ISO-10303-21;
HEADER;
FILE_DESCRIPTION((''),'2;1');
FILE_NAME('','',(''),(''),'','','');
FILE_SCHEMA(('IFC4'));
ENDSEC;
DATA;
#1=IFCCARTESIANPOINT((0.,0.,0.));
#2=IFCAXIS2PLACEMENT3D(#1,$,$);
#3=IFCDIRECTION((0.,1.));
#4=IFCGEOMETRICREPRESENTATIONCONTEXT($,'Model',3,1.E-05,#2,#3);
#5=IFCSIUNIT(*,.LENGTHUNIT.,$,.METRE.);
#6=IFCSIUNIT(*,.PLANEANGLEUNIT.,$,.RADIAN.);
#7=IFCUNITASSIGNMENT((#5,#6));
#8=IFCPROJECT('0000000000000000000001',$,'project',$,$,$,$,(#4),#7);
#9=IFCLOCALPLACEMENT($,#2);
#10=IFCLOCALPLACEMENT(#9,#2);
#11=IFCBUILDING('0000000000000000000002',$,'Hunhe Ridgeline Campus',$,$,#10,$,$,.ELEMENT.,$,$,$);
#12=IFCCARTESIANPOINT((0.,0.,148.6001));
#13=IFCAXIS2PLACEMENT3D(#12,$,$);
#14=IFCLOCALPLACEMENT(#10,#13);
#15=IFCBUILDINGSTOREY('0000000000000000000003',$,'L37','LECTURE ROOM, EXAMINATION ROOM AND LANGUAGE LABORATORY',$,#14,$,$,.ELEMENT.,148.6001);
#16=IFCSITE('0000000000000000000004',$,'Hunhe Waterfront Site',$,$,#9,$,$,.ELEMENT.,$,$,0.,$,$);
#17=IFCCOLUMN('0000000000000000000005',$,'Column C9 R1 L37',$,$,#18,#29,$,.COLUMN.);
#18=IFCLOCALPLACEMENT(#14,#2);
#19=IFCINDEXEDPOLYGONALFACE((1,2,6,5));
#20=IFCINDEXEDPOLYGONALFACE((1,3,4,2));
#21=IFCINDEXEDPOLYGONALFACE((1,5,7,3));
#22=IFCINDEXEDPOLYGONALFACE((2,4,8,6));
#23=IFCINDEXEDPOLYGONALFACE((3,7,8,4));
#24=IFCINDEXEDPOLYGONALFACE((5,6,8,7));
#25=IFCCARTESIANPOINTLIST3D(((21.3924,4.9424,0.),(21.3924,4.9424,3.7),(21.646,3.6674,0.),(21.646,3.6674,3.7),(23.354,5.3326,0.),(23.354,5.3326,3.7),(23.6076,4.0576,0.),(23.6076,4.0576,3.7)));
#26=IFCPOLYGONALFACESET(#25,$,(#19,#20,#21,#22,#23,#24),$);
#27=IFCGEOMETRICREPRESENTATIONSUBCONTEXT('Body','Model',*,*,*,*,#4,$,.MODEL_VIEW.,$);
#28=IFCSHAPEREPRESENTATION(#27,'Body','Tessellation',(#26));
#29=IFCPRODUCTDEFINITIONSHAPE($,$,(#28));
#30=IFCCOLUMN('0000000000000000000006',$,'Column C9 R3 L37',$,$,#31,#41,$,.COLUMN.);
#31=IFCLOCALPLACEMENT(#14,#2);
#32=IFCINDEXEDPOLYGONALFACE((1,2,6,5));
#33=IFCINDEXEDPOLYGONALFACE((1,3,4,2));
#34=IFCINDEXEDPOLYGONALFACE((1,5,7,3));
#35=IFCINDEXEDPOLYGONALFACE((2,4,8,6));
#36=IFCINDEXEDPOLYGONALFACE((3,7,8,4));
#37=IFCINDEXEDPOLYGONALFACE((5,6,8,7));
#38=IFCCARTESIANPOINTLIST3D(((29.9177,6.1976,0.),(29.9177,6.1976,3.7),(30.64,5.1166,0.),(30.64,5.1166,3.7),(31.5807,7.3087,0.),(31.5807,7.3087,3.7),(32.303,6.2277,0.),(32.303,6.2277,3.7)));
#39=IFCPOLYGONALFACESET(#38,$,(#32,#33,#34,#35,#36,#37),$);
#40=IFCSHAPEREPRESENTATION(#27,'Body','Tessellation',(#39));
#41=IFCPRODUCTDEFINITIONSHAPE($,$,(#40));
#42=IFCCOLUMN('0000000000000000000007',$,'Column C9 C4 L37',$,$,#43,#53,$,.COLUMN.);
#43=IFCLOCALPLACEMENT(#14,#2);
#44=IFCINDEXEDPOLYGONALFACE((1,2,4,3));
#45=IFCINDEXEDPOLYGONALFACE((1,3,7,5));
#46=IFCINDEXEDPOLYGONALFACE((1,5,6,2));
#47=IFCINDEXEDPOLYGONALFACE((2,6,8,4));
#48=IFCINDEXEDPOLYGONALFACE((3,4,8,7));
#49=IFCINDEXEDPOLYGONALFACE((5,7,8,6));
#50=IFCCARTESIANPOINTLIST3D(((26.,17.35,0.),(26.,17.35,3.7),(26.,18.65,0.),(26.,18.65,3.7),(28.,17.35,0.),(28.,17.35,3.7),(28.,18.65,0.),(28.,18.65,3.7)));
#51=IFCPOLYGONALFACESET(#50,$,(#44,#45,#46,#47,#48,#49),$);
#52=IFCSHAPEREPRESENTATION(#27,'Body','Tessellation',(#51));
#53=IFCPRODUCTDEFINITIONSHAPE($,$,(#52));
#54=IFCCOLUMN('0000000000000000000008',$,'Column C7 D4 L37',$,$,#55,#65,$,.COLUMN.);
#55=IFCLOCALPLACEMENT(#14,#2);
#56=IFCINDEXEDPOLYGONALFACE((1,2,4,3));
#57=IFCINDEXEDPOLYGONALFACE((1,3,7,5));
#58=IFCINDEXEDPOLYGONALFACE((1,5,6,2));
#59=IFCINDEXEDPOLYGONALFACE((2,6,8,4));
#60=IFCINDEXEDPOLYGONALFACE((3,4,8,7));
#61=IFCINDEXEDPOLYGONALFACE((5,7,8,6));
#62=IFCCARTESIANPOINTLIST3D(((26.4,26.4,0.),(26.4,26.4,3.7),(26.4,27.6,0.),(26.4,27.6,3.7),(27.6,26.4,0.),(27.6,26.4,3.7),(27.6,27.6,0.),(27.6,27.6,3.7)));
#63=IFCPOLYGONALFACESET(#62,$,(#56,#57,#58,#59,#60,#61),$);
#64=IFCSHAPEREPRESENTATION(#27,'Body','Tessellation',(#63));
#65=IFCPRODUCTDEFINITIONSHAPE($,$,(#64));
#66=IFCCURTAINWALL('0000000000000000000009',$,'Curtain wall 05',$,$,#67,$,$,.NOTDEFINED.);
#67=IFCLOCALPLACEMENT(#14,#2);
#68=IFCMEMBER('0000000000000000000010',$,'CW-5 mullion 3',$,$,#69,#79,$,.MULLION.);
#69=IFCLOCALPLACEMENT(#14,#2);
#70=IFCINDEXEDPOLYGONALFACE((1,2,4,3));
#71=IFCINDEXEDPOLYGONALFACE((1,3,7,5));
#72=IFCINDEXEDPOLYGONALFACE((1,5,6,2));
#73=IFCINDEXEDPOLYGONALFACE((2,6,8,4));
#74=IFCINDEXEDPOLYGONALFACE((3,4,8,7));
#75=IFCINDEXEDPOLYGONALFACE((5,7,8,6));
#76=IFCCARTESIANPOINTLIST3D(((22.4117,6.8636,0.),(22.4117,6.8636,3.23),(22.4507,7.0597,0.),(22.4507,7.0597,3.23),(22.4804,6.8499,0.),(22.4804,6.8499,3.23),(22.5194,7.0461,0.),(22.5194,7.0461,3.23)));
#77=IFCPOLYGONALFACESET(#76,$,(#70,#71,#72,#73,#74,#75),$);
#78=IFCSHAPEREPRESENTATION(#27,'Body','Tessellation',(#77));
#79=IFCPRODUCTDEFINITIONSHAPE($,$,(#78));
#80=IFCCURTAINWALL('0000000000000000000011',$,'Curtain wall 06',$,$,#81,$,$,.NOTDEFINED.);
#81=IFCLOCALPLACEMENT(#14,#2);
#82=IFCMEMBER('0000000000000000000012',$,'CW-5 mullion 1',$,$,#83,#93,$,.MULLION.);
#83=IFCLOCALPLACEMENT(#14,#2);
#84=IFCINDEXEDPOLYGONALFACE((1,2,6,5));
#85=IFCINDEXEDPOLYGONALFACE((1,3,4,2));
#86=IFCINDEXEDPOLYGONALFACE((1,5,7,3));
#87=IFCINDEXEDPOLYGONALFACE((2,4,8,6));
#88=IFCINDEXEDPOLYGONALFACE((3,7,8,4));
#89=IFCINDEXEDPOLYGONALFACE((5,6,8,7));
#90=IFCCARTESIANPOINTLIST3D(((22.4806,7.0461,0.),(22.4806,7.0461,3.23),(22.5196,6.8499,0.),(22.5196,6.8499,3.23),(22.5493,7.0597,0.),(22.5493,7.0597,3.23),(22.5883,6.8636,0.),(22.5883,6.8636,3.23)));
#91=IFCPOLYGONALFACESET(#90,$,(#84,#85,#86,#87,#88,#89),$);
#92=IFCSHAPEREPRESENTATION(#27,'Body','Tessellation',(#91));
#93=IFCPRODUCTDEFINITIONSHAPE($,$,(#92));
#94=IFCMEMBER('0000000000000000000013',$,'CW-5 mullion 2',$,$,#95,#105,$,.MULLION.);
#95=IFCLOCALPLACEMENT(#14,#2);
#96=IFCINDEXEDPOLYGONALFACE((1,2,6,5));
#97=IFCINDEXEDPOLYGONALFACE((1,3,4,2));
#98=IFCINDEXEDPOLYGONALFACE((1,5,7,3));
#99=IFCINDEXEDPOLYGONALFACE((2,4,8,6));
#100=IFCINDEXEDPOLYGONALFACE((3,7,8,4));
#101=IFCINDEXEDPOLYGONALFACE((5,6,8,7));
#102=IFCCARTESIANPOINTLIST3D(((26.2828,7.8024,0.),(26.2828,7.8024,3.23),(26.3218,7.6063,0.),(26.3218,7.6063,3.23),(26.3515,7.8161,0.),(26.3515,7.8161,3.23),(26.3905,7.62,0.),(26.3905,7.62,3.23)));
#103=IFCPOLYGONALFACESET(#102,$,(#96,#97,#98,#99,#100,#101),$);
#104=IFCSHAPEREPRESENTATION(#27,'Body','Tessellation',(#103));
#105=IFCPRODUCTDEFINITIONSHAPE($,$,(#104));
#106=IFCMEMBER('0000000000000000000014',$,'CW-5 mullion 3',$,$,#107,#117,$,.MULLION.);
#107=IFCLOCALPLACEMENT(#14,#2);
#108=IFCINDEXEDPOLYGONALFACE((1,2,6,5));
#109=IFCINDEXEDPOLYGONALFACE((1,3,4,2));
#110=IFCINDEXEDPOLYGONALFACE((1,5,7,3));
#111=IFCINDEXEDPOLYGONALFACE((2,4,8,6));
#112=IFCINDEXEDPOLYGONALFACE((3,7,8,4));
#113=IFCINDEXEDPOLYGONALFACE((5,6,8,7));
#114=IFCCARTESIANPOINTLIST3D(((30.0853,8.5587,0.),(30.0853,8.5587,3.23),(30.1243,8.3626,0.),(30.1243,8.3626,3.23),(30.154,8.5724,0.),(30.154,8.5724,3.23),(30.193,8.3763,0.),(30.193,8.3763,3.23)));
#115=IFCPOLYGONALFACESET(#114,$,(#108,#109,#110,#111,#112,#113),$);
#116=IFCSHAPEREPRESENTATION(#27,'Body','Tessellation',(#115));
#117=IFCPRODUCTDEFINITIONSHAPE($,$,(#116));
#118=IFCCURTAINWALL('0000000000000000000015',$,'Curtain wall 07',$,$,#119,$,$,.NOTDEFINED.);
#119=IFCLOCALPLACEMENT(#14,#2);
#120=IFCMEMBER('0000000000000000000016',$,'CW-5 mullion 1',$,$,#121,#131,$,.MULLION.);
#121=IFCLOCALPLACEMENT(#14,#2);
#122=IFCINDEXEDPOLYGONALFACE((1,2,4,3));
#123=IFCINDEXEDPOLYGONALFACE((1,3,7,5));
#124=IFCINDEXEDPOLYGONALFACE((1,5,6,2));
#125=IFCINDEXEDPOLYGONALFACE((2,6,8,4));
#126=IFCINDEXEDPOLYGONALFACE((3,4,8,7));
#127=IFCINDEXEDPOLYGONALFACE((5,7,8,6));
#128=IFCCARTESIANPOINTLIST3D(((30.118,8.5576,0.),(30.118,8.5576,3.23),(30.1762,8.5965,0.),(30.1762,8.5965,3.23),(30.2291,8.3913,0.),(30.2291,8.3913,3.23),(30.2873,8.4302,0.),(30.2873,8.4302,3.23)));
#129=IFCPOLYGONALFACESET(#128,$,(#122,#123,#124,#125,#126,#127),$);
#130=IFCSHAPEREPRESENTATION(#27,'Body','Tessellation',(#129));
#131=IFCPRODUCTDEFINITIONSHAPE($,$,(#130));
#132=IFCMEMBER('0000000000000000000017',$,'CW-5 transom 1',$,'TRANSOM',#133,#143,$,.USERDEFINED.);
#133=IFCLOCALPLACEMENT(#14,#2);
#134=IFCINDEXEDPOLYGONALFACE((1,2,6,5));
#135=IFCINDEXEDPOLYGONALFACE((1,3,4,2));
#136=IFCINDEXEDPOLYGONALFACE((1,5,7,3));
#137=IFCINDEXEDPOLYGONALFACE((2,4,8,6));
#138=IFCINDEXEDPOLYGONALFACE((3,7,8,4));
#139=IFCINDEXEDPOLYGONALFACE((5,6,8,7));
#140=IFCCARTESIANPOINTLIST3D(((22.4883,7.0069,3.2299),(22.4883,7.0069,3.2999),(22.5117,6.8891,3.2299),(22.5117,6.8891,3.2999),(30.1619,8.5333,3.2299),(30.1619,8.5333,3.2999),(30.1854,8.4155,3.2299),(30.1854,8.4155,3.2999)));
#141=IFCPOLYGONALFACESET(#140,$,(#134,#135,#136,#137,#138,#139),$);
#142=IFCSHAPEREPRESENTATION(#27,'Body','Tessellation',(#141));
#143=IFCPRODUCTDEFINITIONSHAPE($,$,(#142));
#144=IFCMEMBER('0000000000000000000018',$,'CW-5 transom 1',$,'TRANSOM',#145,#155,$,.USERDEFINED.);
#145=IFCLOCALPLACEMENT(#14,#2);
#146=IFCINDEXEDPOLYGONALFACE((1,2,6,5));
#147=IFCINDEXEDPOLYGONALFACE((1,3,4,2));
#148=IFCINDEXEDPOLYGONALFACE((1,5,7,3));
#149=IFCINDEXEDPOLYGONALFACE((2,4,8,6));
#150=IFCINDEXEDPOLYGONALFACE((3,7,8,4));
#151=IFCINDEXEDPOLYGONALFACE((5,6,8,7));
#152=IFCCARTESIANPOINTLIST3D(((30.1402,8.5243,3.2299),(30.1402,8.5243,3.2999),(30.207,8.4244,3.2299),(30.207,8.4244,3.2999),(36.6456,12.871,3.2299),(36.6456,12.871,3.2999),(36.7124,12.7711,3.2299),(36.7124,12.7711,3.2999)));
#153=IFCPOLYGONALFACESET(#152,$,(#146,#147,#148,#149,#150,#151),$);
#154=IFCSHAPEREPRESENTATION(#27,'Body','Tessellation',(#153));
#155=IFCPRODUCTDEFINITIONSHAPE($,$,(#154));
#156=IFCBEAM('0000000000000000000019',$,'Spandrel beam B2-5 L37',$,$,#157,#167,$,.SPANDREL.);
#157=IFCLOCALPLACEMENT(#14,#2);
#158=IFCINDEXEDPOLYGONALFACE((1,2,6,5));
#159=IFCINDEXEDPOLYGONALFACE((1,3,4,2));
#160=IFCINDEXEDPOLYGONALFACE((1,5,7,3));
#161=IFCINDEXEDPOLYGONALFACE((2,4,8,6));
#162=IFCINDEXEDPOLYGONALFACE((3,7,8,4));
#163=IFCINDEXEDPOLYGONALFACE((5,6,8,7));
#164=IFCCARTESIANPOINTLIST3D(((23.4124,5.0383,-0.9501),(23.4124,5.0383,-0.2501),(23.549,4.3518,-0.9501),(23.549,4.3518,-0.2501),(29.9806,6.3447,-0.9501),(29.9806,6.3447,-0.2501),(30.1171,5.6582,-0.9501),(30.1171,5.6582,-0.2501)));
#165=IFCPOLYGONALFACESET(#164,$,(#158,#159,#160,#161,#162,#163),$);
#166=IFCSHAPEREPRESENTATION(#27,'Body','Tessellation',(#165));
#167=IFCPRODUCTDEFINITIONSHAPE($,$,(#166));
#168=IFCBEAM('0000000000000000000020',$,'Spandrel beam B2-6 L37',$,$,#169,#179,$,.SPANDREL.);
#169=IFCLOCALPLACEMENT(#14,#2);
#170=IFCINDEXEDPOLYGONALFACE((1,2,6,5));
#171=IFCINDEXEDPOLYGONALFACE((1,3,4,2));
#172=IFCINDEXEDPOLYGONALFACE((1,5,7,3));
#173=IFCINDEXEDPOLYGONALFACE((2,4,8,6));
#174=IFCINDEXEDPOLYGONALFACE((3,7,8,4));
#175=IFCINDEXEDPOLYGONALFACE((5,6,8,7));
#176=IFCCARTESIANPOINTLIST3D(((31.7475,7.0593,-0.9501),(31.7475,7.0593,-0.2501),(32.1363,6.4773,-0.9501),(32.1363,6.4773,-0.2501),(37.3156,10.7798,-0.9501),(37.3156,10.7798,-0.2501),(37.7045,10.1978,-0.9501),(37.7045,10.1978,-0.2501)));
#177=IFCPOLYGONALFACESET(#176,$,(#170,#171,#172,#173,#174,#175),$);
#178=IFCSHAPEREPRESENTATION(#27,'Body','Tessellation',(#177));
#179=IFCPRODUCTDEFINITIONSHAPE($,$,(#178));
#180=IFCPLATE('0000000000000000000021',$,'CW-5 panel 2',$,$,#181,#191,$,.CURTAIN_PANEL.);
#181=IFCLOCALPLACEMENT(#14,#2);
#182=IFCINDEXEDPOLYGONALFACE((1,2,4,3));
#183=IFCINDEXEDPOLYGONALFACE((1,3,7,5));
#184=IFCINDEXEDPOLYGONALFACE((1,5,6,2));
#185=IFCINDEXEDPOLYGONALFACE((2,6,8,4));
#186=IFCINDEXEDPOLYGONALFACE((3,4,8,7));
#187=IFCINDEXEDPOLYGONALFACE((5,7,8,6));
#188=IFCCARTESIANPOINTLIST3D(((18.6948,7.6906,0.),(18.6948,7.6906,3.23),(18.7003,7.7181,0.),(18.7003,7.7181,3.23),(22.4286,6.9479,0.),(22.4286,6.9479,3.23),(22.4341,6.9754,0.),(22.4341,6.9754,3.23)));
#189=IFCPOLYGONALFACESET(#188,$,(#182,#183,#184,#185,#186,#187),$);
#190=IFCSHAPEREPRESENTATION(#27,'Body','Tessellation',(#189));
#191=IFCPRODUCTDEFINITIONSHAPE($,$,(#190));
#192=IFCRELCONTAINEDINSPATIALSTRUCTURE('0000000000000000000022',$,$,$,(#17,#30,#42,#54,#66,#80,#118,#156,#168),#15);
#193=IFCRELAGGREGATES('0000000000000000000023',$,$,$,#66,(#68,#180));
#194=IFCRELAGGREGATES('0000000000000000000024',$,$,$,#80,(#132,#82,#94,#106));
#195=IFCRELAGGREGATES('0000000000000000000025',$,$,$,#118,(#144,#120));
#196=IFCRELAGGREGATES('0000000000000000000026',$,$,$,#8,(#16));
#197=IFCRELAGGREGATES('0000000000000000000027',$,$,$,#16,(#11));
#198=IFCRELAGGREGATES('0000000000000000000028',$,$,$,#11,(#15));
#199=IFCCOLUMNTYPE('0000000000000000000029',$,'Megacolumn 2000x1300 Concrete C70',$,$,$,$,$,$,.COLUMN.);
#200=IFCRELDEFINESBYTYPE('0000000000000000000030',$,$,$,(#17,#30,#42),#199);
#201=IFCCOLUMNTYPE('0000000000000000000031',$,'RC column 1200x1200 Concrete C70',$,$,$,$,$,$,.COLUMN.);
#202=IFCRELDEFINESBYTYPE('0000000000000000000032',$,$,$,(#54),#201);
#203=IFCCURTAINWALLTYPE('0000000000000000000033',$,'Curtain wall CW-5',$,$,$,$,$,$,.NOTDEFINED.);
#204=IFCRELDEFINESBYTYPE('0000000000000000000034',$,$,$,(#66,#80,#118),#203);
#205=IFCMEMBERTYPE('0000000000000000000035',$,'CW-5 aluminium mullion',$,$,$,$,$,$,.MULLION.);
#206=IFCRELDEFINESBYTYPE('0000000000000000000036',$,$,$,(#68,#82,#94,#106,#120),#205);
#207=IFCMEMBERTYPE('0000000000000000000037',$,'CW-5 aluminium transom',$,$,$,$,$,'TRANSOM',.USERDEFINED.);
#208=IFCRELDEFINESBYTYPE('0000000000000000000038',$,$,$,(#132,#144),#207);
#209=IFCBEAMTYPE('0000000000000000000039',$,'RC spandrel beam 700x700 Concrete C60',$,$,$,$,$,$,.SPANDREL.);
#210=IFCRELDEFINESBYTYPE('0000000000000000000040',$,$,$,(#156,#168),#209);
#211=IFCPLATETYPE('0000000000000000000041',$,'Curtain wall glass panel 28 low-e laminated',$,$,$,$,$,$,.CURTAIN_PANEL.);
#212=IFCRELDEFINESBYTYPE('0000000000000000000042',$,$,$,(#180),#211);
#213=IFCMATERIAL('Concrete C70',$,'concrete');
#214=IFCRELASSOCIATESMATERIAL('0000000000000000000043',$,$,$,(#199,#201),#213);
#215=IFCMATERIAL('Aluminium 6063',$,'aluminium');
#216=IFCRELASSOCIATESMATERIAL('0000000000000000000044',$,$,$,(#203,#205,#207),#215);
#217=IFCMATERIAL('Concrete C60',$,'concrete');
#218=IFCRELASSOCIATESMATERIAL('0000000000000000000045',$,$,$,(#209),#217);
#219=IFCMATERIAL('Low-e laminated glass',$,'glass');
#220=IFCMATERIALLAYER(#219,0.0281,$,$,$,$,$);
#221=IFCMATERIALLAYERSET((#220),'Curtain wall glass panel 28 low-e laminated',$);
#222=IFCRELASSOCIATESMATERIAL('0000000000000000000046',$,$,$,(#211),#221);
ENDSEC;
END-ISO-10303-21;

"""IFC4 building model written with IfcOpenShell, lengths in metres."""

from ifc_helpers import new_model, si_unit, direction, frame, origin, origin_2d, place, context, subcontext, project, spatial, rectangle, extrude, material, layer, layer_set, material_profile, profile_set, type_object, element, aggregate, save


model = new_model("IFC4")

# Units and contexts
model_context = context("Model", 3, precision=1e-05, world=origin(), true_north=direction((0.0, 1.0)))
body_context = subcontext(model_context, "Body", "Model", "MODEL_VIEW")
ifc_project = project(units=[si_unit("LENGTHUNIT", "METRE"), si_unit("PLANEANGLEUNIT", "RADIAN")], contexts=[model_context])

# Site, building, storey
site_placement = place(None, origin())
site = spatial("IfcSite", under=ifc_project, at=site_placement, Name="Hunhe Waterfront Site", CompositionType="ELEMENT", RefElevation=0.0)
building_placement = place(site_placement, origin())
building = spatial("IfcBuilding", under=site, at=building_placement, Name="Hunhe Ridgeline Campus", CompositionType="ELEMENT")
storey_placement = place(building_placement, frame((0.0, 0.0, 148.6001)))
storey = spatial("IfcBuildingStorey", under=building, at=storey_placement, Name="L37", Description="LECTURE ROOM, EXAMINATION ROOM AND LANGUAGE LABORATORY", CompositionType="ELEMENT", Elevation=148.6001)

# Columns
ifc_material_1 = material(Name="Concrete C70", Category="concrete")
ifc_material_profile_1 = material_profile(ifc_material_1, rectangle(XDim=2.0, YDim=1.3, at=origin_2d()))
ifc_profile_set_1 = profile_set([ifc_material_profile_1], Name="Concrete C70")
column_type_1 = type_object("IfcColumnType", Name="Megacolumn 2000x1300 Concrete C70", PredefinedType="COLUMN", material=ifc_profile_set_1)
for number, where, z_axis, x_axis, name in (
    (1, (22.5, 4.5, 0.0), (0.0, 0.0, 1.0), (0.980785, 0.19509, 0.0), "Column C9 R1 L37"),
    (2, (31.1104, 6.2126, 0.0), (0.0, 0.0, 1.0), (0.83147, 0.55557, 0.0), "Column C9 R3 L37"),
    (3, (27.0, 18.0, 0.0), (0.0, 0.0, 1.0), (1.0, 0.0, 0.0), "Column C9 C4 L37"),
):
    element("IfcColumn", number, at=place(storey_placement, frame(where, z_axis=z_axis, x_axis=x_axis)), inside=storey, type_object=column_type_1, Name=name, PredefinedType="COLUMN", context=body_context, shape_type="SweptSolid", body=[
        extrude(rectangle(XDim=2.0, YDim=1.3, at=origin_2d()), origin(), (0.0, 0.0, 1.0), 3.7),
    ])
ifc_material_profile_2 = material_profile(ifc_material_1, rectangle(XDim=1.2, YDim=1.2, at=origin_2d()))
ifc_profile_set_2 = profile_set([ifc_material_profile_2], Name="Concrete C70")
column_type_2 = type_object("IfcColumnType", Name="RC column 1200x1200 Concrete C70", PredefinedType="COLUMN", material=ifc_profile_set_2)
column_placement = place(storey_placement, frame((27.0, 27.0, 0.0), z_axis=(0.0, 0.0, 1.0), x_axis=(1.0, 0.0, 0.0)))
element("IfcColumn", 4, at=column_placement, inside=storey, type_object=column_type_2, Name="Column C7 D4 L37", PredefinedType="COLUMN", context=body_context, shape_type="SweptSolid", body=[
    extrude(rectangle(XDim=1.2, YDim=1.2, at=origin_2d()), origin(), (0.0, 0.0, 1.0), 3.7),
])

# Curtain wall, member
ifc_material_2 = material(Name="Aluminium 6063", Category="aluminium")
curtain_wall_type = type_object("IfcCurtainWallType", Name="Curtain wall CW-5", PredefinedType="NOTDEFINED", material=ifc_material_2)
curtain_wall_1_placement = place(storey_placement, origin())
curtain_wall_1 = element("IfcCurtainWall", 5, at=curtain_wall_1_placement, inside=storey, type_object=curtain_wall_type, Name="Curtain wall 05", PredefinedType="NOTDEFINED")
ifc_material_profile_3 = material_profile(ifc_material_2, rectangle(XDim=0.2, YDim=0.0701, at=origin_2d()))
ifc_profile_set_3 = profile_set([ifc_material_profile_3], Name="Aluminium 6063")
member_type_1 = type_object("IfcMemberType", Name="CW-5 aluminium mullion", PredefinedType="MULLION", material=ifc_profile_set_3)
member_1_placement = place(storey_placement, frame((22.4656, 6.9548, 0.0), z_axis=(0.0, 0.0, 1.0), x_axis=(0.19509, 0.980785, 0.0)))
member_1 = element("IfcMember", 6, at=member_1_placement, type_object=member_type_1, Name="CW-5 mullion 3", PredefinedType="MULLION", context=body_context, shape_type="SweptSolid", body=[
    extrude(rectangle(XDim=0.2, YDim=0.0701, at=origin_2d()), origin(), (0.0, 0.0, 1.0), 3.23),
])

# Curtain wall, members
curtain_wall_2_placement = place(storey_placement, origin())
curtain_wall_2 = element("IfcCurtainWall", 7, at=curtain_wall_2_placement, inside=storey, type_object=curtain_wall_type, Name="Curtain wall 06", PredefinedType="NOTDEFINED")
member_2_placement = place(storey_placement, frame((22.5344, 6.9548, 0.0), z_axis=(0.0, 0.0, 1.0), x_axis=(-0.19509, 0.980785, 0.0)))
member_2 = element("IfcMember", 8, at=member_2_placement, type_object=member_type_1, Name="CW-5 mullion 1", PredefinedType="MULLION", context=body_context, shape_type="SweptSolid", body=[
    extrude(rectangle(XDim=0.2, YDim=0.0701, at=origin_2d()), origin(), (0.0, 0.0, 1.0), 3.23),
])
member_3_placement = place(storey_placement, frame((26.3367, 7.7112, 0.0), z_axis=(0.0, 0.0, 1.0), x_axis=(-0.19509, 0.980785, 0.0)))
member_3 = element("IfcMember", 9, at=member_3_placement, type_object=member_type_1, Name="CW-5 mullion 2", PredefinedType="MULLION", context=body_context, shape_type="SweptSolid", body=[
    extrude(rectangle(XDim=0.2, YDim=0.0701, at=origin_2d()), origin(), (0.0, 0.0, 1.0), 3.23),
])
member_4_placement = place(storey_placement, frame((30.1392, 8.4675, 0.0), z_axis=(0.0, 0.0, 1.0), x_axis=(-0.19509, 0.980785, 0.0)))
member_4 = element("IfcMember", 10, at=member_4_placement, type_object=member_type_1, Name="CW-5 mullion 3", PredefinedType="MULLION", context=body_context, shape_type="SweptSolid", body=[
    extrude(rectangle(XDim=0.2, YDim=0.0701, at=origin_2d()), origin(), (0.0, 0.0, 1.0), 3.23),
])

# Curtain wall, member
curtain_wall_3_placement = place(storey_placement, origin())
curtain_wall_3 = element("IfcCurtainWall", 11, at=curtain_wall_3_placement, inside=storey, type_object=curtain_wall_type, Name="Curtain wall 07", PredefinedType="NOTDEFINED")
member_5_placement = place(storey_placement, frame((30.2026, 8.4939, 0.0), z_axis=(0.0, 0.0, 1.0), x_axis=(-0.55557, 0.83147, 0.0)))
member_5 = element("IfcMember", 12, at=member_5_placement, type_object=member_type_1, Name="CW-5 mullion 1", PredefinedType="MULLION", context=body_context, shape_type="SweptSolid", body=[
    extrude(rectangle(XDim=0.2, YDim=0.0701, at=origin_2d()), origin(), (0.0, 0.0, 1.0), 3.23),
])

# Members
ifc_material_profile_4 = material_profile(ifc_material_2, rectangle(XDim=0.1201, YDim=0.0701, at=origin_2d()))
ifc_profile_set_4 = profile_set([ifc_material_profile_4], Name="Aluminium 6063")
member_type_2 = type_object("IfcMemberType", Name="CW-5 aluminium transom", ElementType="TRANSOM", PredefinedType="USERDEFINED", material=ifc_profile_set_4)
member_6_placement = place(storey_placement, frame((22.5, 6.948, 3.2649), z_axis=(0.980785, 0.19509, 0.0), x_axis=(-0.19509, 0.980785, 0.0)))
member_6 = element("IfcMember", 13, at=member_6_placement, type_object=member_type_2, Name="CW-5 transom 1", ObjectType="TRANSOM", PredefinedType="USERDEFINED", context=body_context, shape_type="SweptSolid", body=[
    extrude(rectangle(XDim=0.1201, YDim=0.0701, at=origin_2d()), origin(), (0.0, 0.0, 1.0), 7.824),
])
member_7_placement = place(storey_placement, frame((30.1736, 8.4744, 3.2649), z_axis=(0.831474, 0.555564, 0.0), x_axis=(-0.555564, 0.831474, 0.0)))
member_7 = element("IfcMember", 14, at=member_7_placement, type_object=member_type_2, Name="CW-5 transom 1", ObjectType="TRANSOM", PredefinedType="USERDEFINED", context=body_context, shape_type="SweptSolid", body=[
    extrude(rectangle(XDim=0.1201, YDim=0.0701, at=origin_2d()), origin(), (0.0, 0.0, 1.0), 7.824),
])

# Beams
ifc_material_3 = material(Name="Concrete C60", Category="concrete")
ifc_material_profile_5 = material_profile(ifc_material_3, rectangle(XDim=0.7, YDim=0.7, at=origin_2d()))
ifc_profile_set_5 = profile_set([ifc_material_profile_5], Name="Concrete C60")
beam_type = type_object("IfcBeamType", Name="RC spandrel beam 700x700 Concrete C60", PredefinedType="SPANDREL", material=ifc_profile_set_5)
for number, where, z_axis, x_axis, name in (
    (15, (23.4807, 4.6951, -0.6001), (0.980788, 0.195078, 0.0), (-0.195078, 0.980788, 0.0), "Spandrel beam B2-5 L37"),
    (16, (31.9419, 6.7683, -0.6001), (0.831472, 0.555566, 0.0), (-0.555566, 0.831472, 0.0), "Spandrel beam B2-6 L37"),
):
    element("IfcBeam", number, at=place(storey_placement, frame(where, z_axis=z_axis, x_axis=x_axis)), inside=storey, type_object=beam_type, Name=name, PredefinedType="SPANDREL", context=body_context, shape_type="SweptSolid", body=[
        extrude(rectangle(XDim=0.7, YDim=0.7, at=origin_2d()), origin(), (0.0, 0.0, 1.0), 6.6968),
    ])

# Plate
ifc_material_4 = material(Name="Low-e laminated glass", Category="glass")
ifc_layer_1 = layer(ifc_material_4, 0.0281)
ifc_layer_set_1 = layer_set([ifc_layer_1], Name="Curtain wall glass panel 28 low-e laminated")
plate_type = type_object("IfcPlateType", Name="Curtain wall glass panel 28 low-e laminated", PredefinedType="CURTAIN_PANEL", material=ifc_layer_set_1)
plate_1_placement = place(storey_placement, frame((20.5645, 7.333, 0.0), z_axis=(0.0, 0.0, 1.0), x_axis=(0.980785, -0.19509, 0.0)))
plate_1 = element("IfcPlate", 17, at=plate_1_placement, type_object=plate_type, Name="CW-5 panel 2", PredefinedType="CURTAIN_PANEL", context=body_context, shape_type="SweptSolid", body=[
    extrude(rectangle(XDim=3.8069, YDim=0.0281, at=origin_2d()), origin(), (0.0, 0.0, 1.0), 3.23),
])
aggregate(curtain_wall_1, [member_1, plate_1])
aggregate(curtain_wall_2, [member_6, member_2, member_3, member_4])
aggregate(curtain_wall_3, [member_7, member_5])

save(model, "model.ifc")
